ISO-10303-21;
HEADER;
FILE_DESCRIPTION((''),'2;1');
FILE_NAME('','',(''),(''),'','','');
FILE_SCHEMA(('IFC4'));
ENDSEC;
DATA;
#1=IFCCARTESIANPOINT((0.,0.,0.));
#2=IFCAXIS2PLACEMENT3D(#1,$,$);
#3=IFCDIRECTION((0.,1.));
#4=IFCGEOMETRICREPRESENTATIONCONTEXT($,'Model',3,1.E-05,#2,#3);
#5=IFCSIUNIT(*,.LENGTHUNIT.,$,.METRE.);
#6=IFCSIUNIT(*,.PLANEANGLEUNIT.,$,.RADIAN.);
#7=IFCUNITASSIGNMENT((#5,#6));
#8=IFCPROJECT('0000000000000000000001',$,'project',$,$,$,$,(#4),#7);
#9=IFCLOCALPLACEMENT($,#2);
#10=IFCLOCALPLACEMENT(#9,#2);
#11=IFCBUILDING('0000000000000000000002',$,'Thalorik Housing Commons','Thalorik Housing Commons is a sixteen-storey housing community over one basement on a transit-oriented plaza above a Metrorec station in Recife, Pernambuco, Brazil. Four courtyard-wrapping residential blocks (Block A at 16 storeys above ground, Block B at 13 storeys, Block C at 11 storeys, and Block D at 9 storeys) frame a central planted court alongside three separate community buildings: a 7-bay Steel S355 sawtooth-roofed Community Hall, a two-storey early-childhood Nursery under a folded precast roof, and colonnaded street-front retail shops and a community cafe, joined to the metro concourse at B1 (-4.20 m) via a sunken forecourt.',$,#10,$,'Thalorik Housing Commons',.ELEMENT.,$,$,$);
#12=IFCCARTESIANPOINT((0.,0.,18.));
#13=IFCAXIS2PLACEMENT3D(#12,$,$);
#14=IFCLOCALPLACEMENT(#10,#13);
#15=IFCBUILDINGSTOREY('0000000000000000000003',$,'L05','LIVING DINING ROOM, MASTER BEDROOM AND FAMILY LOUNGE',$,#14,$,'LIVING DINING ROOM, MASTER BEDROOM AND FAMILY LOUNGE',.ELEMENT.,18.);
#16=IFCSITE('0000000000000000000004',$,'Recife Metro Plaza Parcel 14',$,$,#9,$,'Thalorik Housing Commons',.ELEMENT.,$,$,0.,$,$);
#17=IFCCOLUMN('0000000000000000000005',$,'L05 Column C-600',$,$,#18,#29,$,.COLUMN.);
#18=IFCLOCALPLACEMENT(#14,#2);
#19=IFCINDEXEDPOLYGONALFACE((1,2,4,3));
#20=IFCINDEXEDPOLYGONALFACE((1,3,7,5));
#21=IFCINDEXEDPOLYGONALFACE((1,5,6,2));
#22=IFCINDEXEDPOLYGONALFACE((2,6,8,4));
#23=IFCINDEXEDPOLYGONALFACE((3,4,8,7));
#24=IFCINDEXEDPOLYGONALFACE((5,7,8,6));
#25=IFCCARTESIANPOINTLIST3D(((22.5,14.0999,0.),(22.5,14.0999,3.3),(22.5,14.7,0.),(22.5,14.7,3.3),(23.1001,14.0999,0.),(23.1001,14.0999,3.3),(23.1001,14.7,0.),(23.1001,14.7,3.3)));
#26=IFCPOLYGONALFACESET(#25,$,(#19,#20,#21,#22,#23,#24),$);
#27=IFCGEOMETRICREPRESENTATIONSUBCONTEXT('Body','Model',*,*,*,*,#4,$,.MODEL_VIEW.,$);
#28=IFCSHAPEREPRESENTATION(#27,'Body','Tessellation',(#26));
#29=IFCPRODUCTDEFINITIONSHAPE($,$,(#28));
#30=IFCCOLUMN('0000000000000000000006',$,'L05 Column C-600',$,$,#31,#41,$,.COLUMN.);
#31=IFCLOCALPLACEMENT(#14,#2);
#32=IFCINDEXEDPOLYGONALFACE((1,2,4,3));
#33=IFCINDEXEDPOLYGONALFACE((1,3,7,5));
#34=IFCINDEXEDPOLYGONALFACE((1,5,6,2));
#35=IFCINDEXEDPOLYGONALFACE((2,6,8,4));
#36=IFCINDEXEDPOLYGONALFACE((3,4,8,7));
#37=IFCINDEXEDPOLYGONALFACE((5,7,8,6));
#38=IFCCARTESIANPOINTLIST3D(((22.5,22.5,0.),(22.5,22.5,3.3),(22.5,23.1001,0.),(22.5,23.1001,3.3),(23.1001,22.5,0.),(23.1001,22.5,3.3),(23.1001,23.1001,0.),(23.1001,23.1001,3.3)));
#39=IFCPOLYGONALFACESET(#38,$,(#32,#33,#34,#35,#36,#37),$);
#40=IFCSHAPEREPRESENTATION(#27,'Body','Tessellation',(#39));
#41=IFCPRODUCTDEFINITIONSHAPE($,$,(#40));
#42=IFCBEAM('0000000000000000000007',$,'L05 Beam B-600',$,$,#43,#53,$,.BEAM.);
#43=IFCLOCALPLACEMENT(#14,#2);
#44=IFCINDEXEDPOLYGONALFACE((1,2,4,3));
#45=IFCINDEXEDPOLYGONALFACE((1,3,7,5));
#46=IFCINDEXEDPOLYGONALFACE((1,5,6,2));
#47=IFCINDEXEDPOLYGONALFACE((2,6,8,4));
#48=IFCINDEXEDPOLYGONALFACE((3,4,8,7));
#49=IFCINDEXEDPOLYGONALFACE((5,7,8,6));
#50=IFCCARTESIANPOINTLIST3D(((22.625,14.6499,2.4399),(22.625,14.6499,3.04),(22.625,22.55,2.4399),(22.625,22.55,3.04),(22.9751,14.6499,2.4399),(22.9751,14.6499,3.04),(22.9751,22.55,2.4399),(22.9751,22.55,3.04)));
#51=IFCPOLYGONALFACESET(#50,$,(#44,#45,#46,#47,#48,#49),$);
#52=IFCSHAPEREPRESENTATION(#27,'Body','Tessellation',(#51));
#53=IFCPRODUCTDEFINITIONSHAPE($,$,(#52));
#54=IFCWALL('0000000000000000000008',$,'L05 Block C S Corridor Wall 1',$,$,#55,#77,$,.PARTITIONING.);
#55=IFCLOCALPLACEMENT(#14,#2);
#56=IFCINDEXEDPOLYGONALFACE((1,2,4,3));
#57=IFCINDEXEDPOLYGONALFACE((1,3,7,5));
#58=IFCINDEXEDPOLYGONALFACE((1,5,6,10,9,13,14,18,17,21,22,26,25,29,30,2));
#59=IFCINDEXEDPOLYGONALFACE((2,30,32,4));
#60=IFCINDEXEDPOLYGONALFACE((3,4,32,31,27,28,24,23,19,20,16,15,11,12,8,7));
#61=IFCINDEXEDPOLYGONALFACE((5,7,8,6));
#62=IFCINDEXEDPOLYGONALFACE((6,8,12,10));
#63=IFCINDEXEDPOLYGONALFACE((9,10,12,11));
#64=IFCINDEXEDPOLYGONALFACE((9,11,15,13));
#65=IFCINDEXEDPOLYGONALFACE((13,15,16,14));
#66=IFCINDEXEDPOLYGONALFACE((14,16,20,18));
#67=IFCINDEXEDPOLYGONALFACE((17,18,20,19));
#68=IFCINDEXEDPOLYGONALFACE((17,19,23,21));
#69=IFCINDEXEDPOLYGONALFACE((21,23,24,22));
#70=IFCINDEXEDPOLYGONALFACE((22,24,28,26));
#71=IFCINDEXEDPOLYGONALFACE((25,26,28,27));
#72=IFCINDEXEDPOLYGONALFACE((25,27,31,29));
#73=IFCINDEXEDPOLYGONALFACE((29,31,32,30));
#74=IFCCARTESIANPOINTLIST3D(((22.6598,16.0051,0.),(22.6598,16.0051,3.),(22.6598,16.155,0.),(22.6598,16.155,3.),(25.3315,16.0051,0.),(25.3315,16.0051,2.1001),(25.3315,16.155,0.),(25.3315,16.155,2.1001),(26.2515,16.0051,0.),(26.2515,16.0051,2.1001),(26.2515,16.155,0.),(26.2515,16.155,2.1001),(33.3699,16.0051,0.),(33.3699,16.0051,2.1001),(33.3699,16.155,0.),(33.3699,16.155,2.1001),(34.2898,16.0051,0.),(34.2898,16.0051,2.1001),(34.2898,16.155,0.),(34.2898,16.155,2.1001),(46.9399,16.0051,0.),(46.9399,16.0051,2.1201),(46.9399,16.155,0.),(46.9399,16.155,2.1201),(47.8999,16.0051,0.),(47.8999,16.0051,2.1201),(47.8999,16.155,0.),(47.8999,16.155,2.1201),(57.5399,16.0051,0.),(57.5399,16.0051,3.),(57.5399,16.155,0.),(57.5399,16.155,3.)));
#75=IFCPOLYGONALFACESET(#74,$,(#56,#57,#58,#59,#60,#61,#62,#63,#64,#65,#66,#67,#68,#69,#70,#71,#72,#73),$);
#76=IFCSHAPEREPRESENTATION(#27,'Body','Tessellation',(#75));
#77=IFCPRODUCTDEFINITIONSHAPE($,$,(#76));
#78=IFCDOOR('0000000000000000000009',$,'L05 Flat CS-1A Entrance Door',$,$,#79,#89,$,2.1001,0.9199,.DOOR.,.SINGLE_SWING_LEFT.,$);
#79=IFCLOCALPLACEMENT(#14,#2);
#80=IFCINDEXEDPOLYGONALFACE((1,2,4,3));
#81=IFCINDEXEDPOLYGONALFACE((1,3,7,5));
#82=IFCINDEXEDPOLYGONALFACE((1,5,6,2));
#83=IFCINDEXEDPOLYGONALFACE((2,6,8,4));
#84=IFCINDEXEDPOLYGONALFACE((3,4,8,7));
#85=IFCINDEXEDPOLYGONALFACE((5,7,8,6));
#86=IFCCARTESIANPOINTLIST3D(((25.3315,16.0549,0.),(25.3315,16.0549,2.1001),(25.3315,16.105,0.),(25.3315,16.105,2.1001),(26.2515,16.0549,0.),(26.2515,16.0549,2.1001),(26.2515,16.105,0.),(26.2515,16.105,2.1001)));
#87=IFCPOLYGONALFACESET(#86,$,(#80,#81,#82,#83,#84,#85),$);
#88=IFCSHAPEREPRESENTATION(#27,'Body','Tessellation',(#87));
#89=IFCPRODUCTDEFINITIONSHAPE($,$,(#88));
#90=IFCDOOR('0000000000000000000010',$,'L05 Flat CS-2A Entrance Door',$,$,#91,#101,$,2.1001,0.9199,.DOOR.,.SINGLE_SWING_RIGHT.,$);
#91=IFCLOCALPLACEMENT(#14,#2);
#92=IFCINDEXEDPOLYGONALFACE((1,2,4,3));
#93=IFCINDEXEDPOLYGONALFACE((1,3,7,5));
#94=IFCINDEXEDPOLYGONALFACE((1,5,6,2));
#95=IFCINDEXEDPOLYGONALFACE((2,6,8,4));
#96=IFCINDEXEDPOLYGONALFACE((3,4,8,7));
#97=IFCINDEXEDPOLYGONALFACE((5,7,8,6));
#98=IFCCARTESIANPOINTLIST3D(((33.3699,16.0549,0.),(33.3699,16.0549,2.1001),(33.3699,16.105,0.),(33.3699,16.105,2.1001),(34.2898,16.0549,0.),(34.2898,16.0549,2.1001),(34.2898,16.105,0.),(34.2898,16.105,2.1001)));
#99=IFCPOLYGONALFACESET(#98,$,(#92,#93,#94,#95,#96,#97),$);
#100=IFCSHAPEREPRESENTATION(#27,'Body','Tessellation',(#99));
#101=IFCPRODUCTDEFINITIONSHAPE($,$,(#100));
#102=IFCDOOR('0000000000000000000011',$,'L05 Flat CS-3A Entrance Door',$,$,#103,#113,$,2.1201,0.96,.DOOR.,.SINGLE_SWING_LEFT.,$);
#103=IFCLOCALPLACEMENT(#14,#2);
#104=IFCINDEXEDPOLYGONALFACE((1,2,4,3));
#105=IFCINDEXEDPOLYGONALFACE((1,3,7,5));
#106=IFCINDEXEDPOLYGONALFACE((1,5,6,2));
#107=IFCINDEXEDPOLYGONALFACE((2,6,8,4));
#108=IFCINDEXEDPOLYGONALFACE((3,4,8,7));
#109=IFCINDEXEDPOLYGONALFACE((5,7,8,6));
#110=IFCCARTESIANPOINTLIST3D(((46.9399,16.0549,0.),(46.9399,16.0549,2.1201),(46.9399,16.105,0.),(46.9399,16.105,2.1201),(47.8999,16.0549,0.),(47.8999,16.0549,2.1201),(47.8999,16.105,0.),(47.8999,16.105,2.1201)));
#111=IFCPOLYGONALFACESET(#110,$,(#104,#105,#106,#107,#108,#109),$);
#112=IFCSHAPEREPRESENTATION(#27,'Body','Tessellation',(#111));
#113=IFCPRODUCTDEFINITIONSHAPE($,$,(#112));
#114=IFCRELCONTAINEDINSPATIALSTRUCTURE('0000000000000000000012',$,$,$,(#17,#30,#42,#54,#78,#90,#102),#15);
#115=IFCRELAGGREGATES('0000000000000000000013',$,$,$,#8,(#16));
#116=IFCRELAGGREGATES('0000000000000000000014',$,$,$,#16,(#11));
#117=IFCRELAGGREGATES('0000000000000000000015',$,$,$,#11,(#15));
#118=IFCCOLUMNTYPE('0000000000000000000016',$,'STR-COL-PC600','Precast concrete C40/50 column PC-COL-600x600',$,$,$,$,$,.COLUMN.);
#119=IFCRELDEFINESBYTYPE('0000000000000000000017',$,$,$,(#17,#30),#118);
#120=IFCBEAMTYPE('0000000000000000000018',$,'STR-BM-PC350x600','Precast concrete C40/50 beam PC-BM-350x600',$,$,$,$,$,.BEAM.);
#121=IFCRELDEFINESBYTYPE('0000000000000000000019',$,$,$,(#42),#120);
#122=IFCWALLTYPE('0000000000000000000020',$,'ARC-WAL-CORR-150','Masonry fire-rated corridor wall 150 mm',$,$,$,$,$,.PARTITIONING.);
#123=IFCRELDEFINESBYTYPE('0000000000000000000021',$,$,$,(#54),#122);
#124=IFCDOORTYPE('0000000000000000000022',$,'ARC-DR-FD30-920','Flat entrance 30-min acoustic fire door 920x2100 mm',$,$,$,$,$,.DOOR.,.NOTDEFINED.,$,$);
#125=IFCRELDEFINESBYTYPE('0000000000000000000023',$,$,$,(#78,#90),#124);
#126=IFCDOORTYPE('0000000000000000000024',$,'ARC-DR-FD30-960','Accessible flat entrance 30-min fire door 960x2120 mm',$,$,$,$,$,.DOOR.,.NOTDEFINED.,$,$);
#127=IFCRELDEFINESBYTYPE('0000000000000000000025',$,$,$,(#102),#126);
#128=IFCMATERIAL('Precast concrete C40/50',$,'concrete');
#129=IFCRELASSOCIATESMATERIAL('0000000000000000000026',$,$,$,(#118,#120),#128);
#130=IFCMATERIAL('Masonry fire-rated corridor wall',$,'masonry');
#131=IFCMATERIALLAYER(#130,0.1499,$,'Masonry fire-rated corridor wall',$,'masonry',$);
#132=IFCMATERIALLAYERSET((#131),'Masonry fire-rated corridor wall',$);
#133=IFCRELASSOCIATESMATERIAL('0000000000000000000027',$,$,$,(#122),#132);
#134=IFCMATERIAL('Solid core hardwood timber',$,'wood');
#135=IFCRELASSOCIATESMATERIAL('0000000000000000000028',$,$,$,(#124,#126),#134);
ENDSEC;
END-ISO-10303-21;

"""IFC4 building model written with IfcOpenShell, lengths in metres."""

from ifc_helpers import new_model, si_unit, direction, frame, frame_2d, origin, origin_2d, place, context, subcontext, project, spatial, rectangle, extrude, material, layer, layer_set, material_profile, profile_set, type_object, element, fill, save


model = new_model("IFC4")

# Units and contexts
model_context = context("Model", 3, precision=1e-05, world=origin(), true_north=direction((0.0, 1.0)))
body_context = subcontext(model_context, "Body", "Model", "MODEL_VIEW")
ifc_project = project(units=[si_unit("LENGTHUNIT", "METRE"), si_unit("PLANEANGLEUNIT", "RADIAN")], contexts=[model_context])

# Site, building, storey
site_placement = place(None, origin())
site = spatial("IfcSite", under=ifc_project, at=site_placement, Name="Recife Metro Plaza Parcel 14", LongName="Thalorik Housing Commons", CompositionType="ELEMENT", RefElevation=0.0)
building_placement = place(site_placement, origin())
building = spatial("IfcBuilding", under=site, at=building_placement, Name="Thalorik Housing Commons", Description="Thalorik Housing Commons is a sixteen-storey housing community over one basement on a transit-oriented plaza above a Metrorec station in Recife, Pernambuco, Brazil. Four courtyard-wrapping residential blocks (Block A at 16 storeys above ground, Block B at 13 storeys, Block C at 11 storeys, and Block D at 9 storeys) frame a central planted court alongside three separate community buildings: a 7-bay Steel S355 sawtooth-roofed Community Hall, a two-storey early-childhood Nursery under a folded precast roof, and colonnaded street-front retail shops and a community cafe, joined to the metro concourse at B1 (-4.20 m) via a sunken forecourt.", LongName="Thalorik Housing Commons", CompositionType="ELEMENT")
storey_placement = place(building_placement, frame((0.0, 0.0, 18.0)))
storey = spatial("IfcBuildingStorey", under=building, at=storey_placement, Name="L05", Description="LIVING DINING ROOM, MASTER BEDROOM AND FAMILY LOUNGE", LongName="LIVING DINING ROOM, MASTER BEDROOM AND FAMILY LOUNGE", CompositionType="ELEMENT", Elevation=18.0)

# Columns
ifc_material_1 = material(Name="Precast concrete C40/50", Category="concrete")
ifc_material_profile_1 = material_profile(ifc_material_1, rectangle(XDim=0.6001, YDim=0.6001, at=origin_2d()), Name="PC 600x600", Category="concrete")
ifc_profile_set_1 = profile_set([ifc_material_profile_1], Name="Precast concrete C40/50")
column_type = type_object("IfcColumnType", Name="STR-COL-PC600", Description="Precast concrete C40/50 column PC-COL-600x600", PredefinedType="COLUMN", material=ifc_profile_set_1)
for number, where, z_axis, x_axis, name in (
    (1, (22.8, 14.3999, 0.0), (0.0, 0.0, 1.0), (1.0, 0.0, 0.0), "L05 Column C-600"),
    (2, (22.8, 22.8, 0.0), (0.0, 0.0, 1.0), (1.0, 0.0, 0.0), "L05 Column C-600"),
):
    element("IfcColumn", number, at=place(storey_placement, frame(where, z_axis=z_axis, x_axis=x_axis)), inside=storey, type_object=column_type, Name=name, PredefinedType="COLUMN", context=body_context, shape_type="SweptSolid", body=[
        extrude(rectangle(XDim=0.6001, YDim=0.6001, at=origin_2d()), origin(), (0.0, 0.0, 1.0), 3.3),
    ])

# Beam
ifc_material_profile_2 = material_profile(ifc_material_1, rectangle(XDim=0.3501, YDim=0.6001, at=origin_2d()), Name="PC 350x600", Category="concrete")
ifc_profile_set_2 = profile_set([ifc_material_profile_2], Name="Precast concrete C40/50")
beam_type = type_object("IfcBeamType", Name="STR-BM-PC350x600", Description="Precast concrete C40/50 beam PC-BM-350x600", PredefinedType="BEAM", material=ifc_profile_set_2)
beam_placement = place(storey_placement, frame((22.8, 14.6499, 2.74), z_axis=(0.0, 1.0, 0.0), x_axis=(-1.0, 0.0, 0.0)))
element("IfcBeam", 3, at=beam_placement, inside=storey, type_object=beam_type, Name="L05 Beam B-600", PredefinedType="BEAM", context=body_context, shape_type="SweptSolid", body=[
    extrude(rectangle(XDim=0.3501, YDim=0.6001, at=origin_2d()), origin(), (0.0, 0.0, 1.0), 7.9001),
])

# Wall, openings, doors
ifc_material_2 = material(Name="Masonry fire-rated corridor wall", Category="masonry")
ifc_layer_1 = layer(ifc_material_2, 0.1499, Name="Masonry fire-rated corridor wall", Category="masonry")
ifc_layer_set_1 = layer_set([ifc_layer_1], Name="Masonry fire-rated corridor wall")
wall_type_1 = type_object("IfcWallType", Name="ARC-WAL-CORR-150", Description="Masonry fire-rated corridor wall 150 mm", PredefinedType="PARTITIONING", material=ifc_layer_set_1)
wall_1_placement = place(storey_placement, frame((22.6599, 16.0801, 0.0), z_axis=(0.0, 0.0, 1.0), x_axis=(1.0, 0.0, 0.0)))
wall_1 = element("IfcWall", 4, at=wall_1_placement, inside=storey, type_object=wall_type_1, Name="L05 Block C S Corridor Wall 1", PredefinedType="PARTITIONING", context=body_context, shape_type="SweptSolid", body=[
    extrude(rectangle(XDim=34.8801, YDim=0.1499, at=frame_2d((17.4399, 0.0))), origin(), (0.0, 0.0, 1.0), 3.0),
])
opening_1_placement = place(wall_1_placement, frame((2.6716, 0.0, 0.0)))
opening_1 = element("IfcOpeningElement", 5, at=opening_1_placement, cuts=wall_1, PredefinedType="OPENING", context=body_context, shape_type="SweptSolid", body=[
    extrude(rectangle(XDim=0.9199, YDim=2.1001, at=frame_2d((0.46, 1.05))), frame((0.0, 0.085, 0.0), z_axis=(0.0, -1.0, 0.0), x_axis=(1.0, 0.0, 0.0)), (0.0, 0.0, 1.0), 0.1699),
])
opening_2_placement = place(wall_1_placement, frame((10.71, 0.0, 0.0)))
opening_2 = element("IfcOpeningElement", 6, at=opening_2_placement, cuts=wall_1, PredefinedType="OPENING", context=body_context, shape_type="SweptSolid", body=[
    extrude(rectangle(XDim=0.9199, YDim=2.1001, at=frame_2d((0.46, 1.05))), frame((0.0, 0.085, 0.0), z_axis=(0.0, -1.0, 0.0), x_axis=(1.0, 0.0, 0.0)), (0.0, 0.0, 1.0), 0.1699),
])
opening_3_placement = place(wall_1_placement, frame((24.28, 0.0, 0.0)))
opening_3 = element("IfcOpeningElement", 7, at=opening_3_placement, cuts=wall_1, PredefinedType="OPENING", context=body_context, shape_type="SweptSolid", body=[
    extrude(rectangle(XDim=0.96, YDim=2.1201, at=frame_2d((0.48, 1.0601))), frame((0.0, 0.085, 0.0), z_axis=(0.0, -1.0, 0.0), x_axis=(1.0, 0.0, 0.0)), (0.0, 0.0, 1.0), 0.1699),
])
ifc_material_3 = material(Name="Solid core hardwood timber", Category="wood")
door_type_1 = type_object("IfcDoorType", Name="ARC-DR-FD30-920", Description="Flat entrance 30-min acoustic fire door 920x2100 mm", OperationType="NOTDEFINED", PredefinedType="DOOR", material=ifc_material_3)
door_1_placement = place(opening_1_placement, origin())
door_1 = element("IfcDoor", 8, at=door_1_placement, inside=storey, type_object=door_type_1, Name="L05 Flat CS-1A Entrance Door", OperationType="SINGLE_SWING_LEFT", OverallHeight=2.1001, OverallWidth=0.9199, PredefinedType="DOOR", context=body_context, shape_type="SweptSolid", body=[
    extrude(rectangle(XDim=0.9199, YDim=2.1001, at=frame_2d((0.46, 1.05))), frame((0.0, 0.0249, 0.0), z_axis=(0.0, -1.0, 0.0), x_axis=(1.0, 0.0, 0.0)), (0.0, 0.0, 1.0), 0.05),
])
fill(opening_1, door_1)
door_2_placement = place(opening_2_placement, origin())
door_2 = element("IfcDoor", 9, at=door_2_placement, inside=storey, type_object=door_type_1, Name="L05 Flat CS-2A Entrance Door", OperationType="SINGLE_SWING_RIGHT", OverallHeight=2.1001, OverallWidth=0.9199, PredefinedType="DOOR", context=body_context, shape_type="SweptSolid", body=[
    extrude(rectangle(XDim=0.9199, YDim=2.1001, at=frame_2d((0.46, 1.05))), frame((0.0, 0.0249, 0.0), z_axis=(0.0, -1.0, 0.0), x_axis=(1.0, 0.0, 0.0)), (0.0, 0.0, 1.0), 0.05),
])
fill(opening_2, door_2)
door_type_2 = type_object("IfcDoorType", Name="ARC-DR-FD30-960", Description="Accessible flat entrance 30-min fire door 960x2120 mm", OperationType="NOTDEFINED", PredefinedType="DOOR", material=ifc_material_3)
door_3_placement = place(opening_3_placement, origin())
door_3 = element("IfcDoor", 10, at=door_3_placement, inside=storey, type_object=door_type_2, Name="L05 Flat CS-3A Entrance Door", OperationType="SINGLE_SWING_LEFT", OverallHeight=2.1201, OverallWidth=0.96, PredefinedType="DOOR", context=body_context, shape_type="SweptSolid", body=[
    extrude(rectangle(XDim=0.96, YDim=2.1201, at=frame_2d((0.48, 1.0601))), frame((0.0, 0.0249, 0.0), z_axis=(0.0, -1.0, 0.0), x_axis=(1.0, 0.0, 0.0)), (0.0, 0.0, 1.0), 0.05),
])
fill(opening_3, door_3)

save(model, "model.ifc")
